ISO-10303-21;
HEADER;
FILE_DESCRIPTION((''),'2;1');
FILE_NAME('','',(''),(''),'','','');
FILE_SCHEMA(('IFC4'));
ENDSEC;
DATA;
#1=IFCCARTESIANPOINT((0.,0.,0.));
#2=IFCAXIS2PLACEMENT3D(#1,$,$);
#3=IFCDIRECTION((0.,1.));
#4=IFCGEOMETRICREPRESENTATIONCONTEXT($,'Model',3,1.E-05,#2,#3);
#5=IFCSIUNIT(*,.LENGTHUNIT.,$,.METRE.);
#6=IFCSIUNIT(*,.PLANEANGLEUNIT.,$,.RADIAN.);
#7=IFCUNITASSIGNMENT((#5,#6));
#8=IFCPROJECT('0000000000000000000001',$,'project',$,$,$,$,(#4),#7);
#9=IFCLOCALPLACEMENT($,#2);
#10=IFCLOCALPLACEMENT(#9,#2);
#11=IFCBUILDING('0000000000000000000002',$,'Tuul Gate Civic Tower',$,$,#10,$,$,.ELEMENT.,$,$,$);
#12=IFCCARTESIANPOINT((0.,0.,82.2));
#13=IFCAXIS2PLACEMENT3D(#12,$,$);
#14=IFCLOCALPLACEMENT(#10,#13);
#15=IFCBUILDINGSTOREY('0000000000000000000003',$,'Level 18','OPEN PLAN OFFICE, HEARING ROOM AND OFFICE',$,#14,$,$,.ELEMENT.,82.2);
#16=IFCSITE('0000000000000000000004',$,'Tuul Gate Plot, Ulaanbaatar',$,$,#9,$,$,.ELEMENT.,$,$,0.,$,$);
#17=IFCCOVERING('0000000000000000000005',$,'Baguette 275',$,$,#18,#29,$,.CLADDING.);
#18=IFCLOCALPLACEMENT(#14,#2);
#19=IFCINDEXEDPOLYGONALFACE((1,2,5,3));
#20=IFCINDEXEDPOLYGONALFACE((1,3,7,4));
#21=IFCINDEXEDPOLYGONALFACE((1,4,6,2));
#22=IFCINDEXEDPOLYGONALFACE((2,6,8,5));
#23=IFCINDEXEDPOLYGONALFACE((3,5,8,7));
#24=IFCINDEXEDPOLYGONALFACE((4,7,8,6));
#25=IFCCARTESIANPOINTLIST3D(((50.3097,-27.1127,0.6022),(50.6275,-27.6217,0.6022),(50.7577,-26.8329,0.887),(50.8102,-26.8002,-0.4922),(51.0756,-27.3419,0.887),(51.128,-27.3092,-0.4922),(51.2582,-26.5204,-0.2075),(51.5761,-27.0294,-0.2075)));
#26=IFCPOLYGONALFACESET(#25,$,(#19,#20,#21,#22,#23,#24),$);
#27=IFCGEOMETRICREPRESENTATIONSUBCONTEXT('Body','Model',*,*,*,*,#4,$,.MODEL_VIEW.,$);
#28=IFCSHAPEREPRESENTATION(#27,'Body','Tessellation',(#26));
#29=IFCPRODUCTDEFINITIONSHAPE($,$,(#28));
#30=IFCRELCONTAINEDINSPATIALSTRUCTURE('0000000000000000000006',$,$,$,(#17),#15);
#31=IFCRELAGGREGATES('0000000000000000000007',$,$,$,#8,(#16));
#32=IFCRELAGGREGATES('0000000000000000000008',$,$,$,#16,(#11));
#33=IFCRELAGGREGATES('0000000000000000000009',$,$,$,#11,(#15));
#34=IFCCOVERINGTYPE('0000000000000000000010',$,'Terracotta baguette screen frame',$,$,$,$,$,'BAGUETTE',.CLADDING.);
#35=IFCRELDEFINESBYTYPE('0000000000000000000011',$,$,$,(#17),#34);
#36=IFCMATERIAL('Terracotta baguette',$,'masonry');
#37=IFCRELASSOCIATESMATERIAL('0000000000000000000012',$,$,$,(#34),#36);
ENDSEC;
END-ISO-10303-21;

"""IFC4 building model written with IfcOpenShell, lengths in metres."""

from ifc_helpers import new_model, si_unit, direction, frame, origin, origin_2d, place, context, subcontext, project, spatial, rectangle, extrude, material, material_profile, profile_set, type_object, element, save


model = new_model("IFC4")

# Units and contexts
model_context = context("Model", 3, precision=1e-05, world=origin(), true_north=direction((0.0, 1.0)))
body_context = subcontext(model_context, "Body", "Model", "MODEL_VIEW")
ifc_project = project(units=[si_unit("LENGTHUNIT", "METRE"), si_unit("PLANEANGLEUNIT", "RADIAN")], contexts=[model_context])

# Site, building, storey
site_placement = place(None, origin())
site = spatial("IfcSite", under=ifc_project, at=site_placement, Name="Tuul Gate Plot, Ulaanbaatar", CompositionType="ELEMENT", RefElevation=0.0)
building_placement = place(site_placement, origin())
building = spatial("IfcBuilding", under=site, at=building_placement, Name="Tuul Gate Civic Tower", CompositionType="ELEMENT")
storey_placement = place(building_placement, frame((0.0, 0.0, 82.2)))
storey = spatial("IfcBuildingStorey", under=building, at=storey_placement, Name="Level 18", Description="OPEN PLAN OFFICE, HEARING ROOM AND OFFICE", CompositionType="ELEMENT", Elevation=82.2)

# Covering
ifc_material_1 = material(Name="Terracotta baguette", Category="masonry")
ifc_material_profile_1 = material_profile(ifc_material_1, rectangle(XDim=0.6001, YDim=0.6001, at=origin_2d()), Name="Terracotta baguette screen frame")
ifc_profile_set_1 = profile_set([ifc_material_profile_1], Name="Terracotta baguette")
covering_type = type_object("IfcCoveringType", Name="Terracotta baguette screen frame", ElementType="BAGUETTE", PredefinedType="CLADDING", material=ifc_profile_set_1)
covering_1_placement = place(storey_placement, frame((50.6926, -27.2273, 0.7446), z_axis=(0.402517, 0.251328, -0.880236), x_axis=(-0.529627, 0.848231, 0.0)))
element("IfcCovering", 1, at=covering_1_placement, inside=storey, type_object=covering_type, Name="Baguette 275", PredefinedType="CLADDING", context=body_context, shape_type="SweptSolid", body=[
    extrude(rectangle(XDim=0.6001, YDim=0.6001, at=origin_2d()), origin(), (0.0, 0.0, 1.0), 1.2434),
])

save(model, "model.ifc")
